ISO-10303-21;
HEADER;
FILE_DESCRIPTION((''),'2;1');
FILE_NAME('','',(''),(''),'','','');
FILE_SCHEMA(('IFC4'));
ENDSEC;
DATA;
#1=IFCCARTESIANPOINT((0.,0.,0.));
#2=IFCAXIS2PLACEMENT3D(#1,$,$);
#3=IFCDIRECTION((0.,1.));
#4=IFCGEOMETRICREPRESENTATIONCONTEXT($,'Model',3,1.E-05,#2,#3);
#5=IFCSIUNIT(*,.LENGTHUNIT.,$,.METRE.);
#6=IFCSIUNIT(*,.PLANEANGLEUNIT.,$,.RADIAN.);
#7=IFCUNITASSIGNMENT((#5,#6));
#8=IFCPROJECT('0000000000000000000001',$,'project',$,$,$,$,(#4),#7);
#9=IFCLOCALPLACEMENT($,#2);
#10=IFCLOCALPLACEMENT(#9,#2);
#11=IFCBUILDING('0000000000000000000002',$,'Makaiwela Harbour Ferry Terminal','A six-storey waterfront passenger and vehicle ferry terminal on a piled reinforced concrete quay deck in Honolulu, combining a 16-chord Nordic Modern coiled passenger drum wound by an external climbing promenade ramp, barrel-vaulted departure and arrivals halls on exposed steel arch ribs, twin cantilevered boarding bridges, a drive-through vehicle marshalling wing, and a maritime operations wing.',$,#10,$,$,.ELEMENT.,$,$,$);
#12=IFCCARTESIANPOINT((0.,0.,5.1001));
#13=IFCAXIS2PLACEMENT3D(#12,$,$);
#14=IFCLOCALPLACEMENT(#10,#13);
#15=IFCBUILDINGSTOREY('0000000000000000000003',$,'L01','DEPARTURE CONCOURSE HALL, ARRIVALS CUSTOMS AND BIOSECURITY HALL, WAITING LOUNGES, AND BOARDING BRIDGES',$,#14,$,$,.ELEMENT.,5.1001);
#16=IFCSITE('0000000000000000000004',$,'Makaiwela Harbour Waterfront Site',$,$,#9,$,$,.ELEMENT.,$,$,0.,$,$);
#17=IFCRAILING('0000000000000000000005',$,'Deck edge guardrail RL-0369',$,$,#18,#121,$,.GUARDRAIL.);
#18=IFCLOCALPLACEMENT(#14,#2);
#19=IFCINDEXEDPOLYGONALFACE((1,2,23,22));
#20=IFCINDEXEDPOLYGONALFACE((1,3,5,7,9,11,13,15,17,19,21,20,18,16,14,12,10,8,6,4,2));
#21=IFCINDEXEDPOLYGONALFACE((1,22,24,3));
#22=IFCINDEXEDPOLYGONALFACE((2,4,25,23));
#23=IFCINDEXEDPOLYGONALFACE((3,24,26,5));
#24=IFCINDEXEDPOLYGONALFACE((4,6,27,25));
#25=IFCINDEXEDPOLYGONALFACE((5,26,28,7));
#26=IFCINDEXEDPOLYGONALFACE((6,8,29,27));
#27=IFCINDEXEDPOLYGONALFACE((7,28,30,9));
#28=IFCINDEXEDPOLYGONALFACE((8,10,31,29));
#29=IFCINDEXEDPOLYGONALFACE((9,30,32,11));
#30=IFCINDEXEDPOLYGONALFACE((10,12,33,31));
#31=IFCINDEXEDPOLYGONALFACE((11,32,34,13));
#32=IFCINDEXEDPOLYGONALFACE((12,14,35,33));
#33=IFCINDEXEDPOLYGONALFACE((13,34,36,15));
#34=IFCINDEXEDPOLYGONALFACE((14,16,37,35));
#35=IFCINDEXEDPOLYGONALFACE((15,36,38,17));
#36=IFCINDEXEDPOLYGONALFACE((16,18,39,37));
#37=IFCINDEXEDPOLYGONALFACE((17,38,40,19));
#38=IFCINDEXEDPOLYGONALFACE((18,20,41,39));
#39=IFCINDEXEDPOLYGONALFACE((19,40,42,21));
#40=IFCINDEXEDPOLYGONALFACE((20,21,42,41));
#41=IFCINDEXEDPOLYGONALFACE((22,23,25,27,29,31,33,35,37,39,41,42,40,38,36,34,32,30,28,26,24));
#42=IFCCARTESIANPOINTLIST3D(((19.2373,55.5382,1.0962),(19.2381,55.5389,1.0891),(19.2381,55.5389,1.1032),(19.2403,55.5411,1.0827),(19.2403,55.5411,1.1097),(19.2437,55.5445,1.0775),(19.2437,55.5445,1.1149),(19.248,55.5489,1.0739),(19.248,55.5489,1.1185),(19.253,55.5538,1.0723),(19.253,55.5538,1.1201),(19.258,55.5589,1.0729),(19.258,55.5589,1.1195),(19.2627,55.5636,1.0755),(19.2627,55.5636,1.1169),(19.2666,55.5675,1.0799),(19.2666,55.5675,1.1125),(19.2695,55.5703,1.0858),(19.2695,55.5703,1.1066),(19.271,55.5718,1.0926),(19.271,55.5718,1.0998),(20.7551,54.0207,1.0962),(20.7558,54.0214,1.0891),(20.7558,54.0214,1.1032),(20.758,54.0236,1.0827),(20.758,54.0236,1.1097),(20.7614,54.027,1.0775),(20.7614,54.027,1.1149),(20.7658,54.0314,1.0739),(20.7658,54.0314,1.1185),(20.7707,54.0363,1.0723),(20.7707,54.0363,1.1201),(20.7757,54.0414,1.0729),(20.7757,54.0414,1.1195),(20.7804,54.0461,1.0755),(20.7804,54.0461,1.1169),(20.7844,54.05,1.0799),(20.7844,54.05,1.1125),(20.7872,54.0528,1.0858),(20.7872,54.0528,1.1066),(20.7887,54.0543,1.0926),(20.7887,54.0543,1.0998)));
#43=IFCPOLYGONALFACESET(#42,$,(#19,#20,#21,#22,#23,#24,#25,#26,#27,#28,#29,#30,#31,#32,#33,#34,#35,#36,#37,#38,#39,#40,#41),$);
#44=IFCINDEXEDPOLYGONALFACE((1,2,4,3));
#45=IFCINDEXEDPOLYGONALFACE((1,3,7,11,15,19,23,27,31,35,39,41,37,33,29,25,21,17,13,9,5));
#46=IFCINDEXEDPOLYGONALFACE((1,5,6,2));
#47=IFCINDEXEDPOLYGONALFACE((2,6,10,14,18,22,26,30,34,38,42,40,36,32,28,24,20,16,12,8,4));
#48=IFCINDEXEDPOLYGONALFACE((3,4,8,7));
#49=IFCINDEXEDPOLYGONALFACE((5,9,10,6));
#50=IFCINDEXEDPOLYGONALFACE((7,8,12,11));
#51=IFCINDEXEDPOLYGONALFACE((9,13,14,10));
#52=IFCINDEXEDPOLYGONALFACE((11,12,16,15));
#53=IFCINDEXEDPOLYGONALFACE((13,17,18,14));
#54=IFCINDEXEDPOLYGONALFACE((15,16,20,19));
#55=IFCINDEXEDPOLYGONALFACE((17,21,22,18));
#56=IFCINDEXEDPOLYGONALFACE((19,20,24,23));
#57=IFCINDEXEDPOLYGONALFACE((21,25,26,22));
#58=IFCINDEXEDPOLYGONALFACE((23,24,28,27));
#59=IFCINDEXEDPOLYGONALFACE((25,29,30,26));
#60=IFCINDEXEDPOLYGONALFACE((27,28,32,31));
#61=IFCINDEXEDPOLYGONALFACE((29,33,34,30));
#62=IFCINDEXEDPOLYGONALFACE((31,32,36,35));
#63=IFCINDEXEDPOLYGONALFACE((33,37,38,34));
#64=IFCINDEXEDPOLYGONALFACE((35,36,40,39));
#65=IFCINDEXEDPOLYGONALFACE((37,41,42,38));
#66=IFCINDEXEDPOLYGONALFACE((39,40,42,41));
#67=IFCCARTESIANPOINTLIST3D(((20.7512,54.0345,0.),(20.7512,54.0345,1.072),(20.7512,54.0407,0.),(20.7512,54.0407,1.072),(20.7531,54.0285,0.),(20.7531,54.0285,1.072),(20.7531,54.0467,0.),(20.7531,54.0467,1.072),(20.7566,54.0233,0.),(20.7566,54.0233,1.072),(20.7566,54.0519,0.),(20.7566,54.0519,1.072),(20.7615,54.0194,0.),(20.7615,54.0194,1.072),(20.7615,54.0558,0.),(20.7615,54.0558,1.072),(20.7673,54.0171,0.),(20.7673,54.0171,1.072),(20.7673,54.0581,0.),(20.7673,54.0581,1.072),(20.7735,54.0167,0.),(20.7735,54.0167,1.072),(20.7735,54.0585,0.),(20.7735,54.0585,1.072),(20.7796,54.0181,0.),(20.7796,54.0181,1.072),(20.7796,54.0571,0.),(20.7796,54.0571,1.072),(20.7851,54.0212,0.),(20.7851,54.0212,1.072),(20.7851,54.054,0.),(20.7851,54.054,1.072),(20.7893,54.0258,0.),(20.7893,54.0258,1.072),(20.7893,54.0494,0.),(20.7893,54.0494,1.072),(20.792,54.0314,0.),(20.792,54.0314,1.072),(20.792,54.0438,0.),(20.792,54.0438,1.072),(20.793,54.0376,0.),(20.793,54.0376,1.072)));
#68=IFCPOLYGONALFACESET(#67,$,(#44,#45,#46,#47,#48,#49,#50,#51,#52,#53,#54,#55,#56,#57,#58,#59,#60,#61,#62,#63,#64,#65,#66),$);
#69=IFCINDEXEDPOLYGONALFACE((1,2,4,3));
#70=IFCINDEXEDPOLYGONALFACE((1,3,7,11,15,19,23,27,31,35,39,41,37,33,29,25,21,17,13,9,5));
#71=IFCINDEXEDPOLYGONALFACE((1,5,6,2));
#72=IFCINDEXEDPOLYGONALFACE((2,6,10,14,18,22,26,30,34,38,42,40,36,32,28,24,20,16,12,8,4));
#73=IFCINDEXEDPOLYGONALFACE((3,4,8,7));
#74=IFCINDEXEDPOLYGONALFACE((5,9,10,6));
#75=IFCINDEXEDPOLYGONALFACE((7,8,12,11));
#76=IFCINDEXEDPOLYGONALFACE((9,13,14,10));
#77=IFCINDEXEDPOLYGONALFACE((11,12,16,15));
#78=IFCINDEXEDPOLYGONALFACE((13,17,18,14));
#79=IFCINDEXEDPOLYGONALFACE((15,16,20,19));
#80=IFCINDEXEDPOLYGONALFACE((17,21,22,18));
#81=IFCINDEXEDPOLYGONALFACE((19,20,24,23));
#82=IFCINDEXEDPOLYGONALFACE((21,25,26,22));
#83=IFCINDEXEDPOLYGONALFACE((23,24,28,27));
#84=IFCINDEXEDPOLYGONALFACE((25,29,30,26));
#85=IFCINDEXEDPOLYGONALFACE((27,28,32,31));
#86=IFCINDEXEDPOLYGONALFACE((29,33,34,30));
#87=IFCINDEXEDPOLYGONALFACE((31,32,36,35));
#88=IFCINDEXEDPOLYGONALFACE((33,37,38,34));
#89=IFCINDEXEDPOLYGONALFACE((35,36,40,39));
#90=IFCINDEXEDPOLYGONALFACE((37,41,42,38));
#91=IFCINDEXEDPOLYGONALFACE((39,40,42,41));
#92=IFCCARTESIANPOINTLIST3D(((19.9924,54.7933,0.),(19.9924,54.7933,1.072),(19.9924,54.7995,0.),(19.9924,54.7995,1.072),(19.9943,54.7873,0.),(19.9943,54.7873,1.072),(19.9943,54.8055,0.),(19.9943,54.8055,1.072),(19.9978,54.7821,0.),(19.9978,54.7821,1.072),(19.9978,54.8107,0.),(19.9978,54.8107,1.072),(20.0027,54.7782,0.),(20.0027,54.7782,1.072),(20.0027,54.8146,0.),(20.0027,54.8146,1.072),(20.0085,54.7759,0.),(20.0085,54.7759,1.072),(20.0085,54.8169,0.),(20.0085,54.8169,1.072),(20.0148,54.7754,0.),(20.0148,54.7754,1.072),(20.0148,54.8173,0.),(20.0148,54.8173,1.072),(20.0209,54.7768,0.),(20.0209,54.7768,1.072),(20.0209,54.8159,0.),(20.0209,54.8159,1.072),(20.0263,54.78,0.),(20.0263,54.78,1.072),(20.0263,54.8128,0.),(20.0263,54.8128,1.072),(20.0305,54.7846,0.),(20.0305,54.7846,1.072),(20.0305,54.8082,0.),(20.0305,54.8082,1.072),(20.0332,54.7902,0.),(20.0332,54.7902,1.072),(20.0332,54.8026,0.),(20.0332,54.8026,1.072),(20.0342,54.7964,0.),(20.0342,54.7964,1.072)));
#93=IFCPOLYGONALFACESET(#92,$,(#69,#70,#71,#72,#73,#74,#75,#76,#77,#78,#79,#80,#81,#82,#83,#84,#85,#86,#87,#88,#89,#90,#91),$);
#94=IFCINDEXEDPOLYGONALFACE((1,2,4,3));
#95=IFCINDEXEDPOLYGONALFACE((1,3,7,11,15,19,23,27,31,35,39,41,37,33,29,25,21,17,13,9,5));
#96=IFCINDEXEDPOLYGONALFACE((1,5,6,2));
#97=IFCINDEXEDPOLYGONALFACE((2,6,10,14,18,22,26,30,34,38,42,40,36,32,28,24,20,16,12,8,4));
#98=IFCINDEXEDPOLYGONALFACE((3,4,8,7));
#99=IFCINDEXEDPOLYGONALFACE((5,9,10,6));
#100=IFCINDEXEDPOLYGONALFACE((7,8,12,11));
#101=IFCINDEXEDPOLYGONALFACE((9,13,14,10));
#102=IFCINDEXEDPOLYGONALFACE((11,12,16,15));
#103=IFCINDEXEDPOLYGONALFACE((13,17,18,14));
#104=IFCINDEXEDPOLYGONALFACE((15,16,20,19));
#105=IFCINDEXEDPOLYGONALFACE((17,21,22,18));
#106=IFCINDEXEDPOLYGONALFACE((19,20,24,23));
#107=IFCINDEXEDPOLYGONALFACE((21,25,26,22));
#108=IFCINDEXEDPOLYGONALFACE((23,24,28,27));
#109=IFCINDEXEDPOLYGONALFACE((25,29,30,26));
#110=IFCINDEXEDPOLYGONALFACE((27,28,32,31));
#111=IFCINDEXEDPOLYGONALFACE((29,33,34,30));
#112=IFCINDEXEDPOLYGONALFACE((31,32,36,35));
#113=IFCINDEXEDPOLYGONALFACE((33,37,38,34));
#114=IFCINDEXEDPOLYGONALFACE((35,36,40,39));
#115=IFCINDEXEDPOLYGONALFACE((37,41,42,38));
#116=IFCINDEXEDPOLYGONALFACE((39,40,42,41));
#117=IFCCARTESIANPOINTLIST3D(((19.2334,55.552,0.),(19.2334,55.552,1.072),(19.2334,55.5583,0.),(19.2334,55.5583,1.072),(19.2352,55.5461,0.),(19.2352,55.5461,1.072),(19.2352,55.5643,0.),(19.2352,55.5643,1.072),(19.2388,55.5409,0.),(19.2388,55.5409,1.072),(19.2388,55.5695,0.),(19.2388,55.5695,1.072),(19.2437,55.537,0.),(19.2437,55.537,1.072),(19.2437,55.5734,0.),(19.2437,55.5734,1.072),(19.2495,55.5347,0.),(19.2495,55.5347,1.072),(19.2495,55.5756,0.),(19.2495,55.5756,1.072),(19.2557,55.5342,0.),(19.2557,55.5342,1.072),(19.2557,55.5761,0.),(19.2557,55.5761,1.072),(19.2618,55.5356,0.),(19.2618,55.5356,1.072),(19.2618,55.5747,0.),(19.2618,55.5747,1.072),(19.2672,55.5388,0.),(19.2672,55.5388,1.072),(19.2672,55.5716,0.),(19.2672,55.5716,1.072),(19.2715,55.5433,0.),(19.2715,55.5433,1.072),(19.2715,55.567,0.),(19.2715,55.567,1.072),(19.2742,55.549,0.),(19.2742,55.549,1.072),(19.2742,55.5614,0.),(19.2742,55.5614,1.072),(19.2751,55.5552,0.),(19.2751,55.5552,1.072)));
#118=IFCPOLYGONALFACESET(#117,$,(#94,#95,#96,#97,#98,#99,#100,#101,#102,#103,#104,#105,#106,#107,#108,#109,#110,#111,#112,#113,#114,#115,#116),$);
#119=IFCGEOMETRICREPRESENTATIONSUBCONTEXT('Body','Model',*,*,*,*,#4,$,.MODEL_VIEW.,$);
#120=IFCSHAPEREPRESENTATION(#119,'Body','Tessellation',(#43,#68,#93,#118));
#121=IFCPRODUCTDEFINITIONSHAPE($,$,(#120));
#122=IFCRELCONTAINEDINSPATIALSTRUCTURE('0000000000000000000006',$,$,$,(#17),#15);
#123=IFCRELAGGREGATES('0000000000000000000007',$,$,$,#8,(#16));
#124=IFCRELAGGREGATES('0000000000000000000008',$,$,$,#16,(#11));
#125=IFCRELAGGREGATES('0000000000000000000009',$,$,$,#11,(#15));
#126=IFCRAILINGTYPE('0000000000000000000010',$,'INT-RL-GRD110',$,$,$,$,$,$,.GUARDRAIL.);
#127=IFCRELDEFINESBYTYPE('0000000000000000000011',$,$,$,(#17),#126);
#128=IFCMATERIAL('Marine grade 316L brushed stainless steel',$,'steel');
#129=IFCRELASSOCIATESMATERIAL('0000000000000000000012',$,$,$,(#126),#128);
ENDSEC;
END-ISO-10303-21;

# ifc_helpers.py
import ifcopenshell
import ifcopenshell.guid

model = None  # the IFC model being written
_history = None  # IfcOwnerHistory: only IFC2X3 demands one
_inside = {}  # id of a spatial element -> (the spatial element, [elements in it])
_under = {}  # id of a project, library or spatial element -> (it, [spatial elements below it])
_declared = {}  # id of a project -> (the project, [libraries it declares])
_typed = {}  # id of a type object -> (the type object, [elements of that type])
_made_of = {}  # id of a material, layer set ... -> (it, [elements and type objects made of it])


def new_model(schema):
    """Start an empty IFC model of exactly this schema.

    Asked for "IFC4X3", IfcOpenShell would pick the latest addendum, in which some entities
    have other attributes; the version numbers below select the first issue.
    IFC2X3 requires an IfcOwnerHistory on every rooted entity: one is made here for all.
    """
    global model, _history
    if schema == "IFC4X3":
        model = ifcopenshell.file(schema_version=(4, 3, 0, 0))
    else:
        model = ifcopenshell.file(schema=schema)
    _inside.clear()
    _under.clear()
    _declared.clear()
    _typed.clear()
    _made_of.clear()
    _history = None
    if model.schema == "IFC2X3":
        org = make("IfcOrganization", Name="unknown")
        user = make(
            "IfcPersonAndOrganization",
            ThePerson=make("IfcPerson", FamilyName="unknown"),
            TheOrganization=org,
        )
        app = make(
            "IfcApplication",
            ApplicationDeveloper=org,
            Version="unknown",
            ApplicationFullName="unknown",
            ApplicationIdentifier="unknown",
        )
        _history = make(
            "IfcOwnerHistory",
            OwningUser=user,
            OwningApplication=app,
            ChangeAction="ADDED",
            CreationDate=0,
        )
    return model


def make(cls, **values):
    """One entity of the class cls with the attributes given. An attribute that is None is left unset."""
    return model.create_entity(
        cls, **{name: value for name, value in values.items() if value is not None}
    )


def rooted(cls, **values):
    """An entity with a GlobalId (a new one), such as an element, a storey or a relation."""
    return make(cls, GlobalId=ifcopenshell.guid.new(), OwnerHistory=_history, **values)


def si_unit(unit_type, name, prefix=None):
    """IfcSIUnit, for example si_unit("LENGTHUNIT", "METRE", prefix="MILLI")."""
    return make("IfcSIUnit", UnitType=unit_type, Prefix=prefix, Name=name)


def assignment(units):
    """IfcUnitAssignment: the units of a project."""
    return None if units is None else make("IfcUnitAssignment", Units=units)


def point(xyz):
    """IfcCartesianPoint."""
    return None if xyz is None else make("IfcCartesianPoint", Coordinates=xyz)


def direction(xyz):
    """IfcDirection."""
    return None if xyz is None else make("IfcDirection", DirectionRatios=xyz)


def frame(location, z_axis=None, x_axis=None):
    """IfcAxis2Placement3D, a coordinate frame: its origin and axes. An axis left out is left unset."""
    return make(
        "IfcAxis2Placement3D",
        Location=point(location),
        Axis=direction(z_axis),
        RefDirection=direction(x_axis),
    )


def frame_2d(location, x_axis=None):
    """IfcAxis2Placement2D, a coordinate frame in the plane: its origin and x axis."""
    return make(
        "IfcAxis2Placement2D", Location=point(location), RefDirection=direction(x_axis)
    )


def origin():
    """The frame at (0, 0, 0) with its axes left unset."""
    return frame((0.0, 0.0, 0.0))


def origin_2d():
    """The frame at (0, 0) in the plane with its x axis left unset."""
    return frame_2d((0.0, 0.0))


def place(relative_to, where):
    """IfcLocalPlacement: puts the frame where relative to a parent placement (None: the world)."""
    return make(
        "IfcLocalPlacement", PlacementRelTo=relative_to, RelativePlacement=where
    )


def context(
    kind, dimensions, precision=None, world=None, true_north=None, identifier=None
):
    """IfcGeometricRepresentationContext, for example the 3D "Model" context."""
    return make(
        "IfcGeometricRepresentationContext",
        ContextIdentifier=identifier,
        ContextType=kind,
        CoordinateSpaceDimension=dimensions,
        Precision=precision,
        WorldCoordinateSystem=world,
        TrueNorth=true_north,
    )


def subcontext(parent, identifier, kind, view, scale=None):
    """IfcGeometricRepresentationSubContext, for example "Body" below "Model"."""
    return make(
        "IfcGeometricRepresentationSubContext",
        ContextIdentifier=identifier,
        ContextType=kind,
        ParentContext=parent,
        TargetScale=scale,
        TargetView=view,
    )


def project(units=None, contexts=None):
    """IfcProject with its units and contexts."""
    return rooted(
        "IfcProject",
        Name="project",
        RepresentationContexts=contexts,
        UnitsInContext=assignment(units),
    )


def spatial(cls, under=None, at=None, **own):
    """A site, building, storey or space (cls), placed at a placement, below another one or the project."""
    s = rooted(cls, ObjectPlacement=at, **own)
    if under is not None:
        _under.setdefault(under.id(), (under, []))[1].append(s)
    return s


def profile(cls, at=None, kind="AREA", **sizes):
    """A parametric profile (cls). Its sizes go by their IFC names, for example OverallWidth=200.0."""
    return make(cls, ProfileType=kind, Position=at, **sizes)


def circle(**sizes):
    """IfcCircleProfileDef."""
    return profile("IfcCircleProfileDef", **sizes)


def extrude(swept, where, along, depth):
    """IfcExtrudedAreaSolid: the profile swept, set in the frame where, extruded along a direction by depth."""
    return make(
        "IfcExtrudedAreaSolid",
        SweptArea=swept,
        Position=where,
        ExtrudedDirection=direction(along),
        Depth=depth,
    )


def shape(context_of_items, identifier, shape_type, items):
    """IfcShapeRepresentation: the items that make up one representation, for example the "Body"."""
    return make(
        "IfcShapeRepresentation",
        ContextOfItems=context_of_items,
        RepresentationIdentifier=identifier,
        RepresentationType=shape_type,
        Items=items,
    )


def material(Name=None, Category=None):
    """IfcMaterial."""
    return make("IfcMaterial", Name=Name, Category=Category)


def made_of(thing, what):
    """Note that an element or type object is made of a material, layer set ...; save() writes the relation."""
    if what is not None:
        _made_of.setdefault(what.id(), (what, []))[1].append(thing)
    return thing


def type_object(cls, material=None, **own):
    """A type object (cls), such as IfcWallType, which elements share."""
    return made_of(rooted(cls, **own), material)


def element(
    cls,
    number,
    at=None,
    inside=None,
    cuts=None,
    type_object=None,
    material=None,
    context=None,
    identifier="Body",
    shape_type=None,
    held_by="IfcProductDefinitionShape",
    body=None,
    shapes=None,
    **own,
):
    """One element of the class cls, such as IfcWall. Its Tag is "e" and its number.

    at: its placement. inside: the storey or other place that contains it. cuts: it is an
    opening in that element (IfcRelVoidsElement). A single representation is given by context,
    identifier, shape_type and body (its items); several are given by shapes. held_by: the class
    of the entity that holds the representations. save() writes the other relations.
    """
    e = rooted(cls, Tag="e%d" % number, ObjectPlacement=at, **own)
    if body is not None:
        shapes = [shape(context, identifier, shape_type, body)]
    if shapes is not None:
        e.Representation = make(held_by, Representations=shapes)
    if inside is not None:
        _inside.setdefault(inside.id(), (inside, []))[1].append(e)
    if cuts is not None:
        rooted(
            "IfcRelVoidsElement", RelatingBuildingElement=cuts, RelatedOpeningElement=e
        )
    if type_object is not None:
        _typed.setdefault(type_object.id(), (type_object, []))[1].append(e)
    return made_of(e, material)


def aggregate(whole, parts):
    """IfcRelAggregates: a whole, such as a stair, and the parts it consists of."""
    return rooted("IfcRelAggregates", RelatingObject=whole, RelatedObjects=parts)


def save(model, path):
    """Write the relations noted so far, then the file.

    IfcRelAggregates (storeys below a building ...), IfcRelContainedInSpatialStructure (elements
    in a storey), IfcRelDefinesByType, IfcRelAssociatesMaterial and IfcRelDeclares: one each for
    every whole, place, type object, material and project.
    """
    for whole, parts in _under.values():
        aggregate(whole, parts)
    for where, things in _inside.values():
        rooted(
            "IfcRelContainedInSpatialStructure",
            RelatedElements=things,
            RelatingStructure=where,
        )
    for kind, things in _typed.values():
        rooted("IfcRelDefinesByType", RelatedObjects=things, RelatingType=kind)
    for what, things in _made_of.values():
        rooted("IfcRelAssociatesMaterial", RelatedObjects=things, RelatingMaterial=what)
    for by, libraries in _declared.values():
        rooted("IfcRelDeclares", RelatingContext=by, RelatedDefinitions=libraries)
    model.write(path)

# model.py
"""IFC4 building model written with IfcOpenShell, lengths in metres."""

from ifc_helpers import new_model, si_unit, direction, frame, origin, origin_2d, place, context, subcontext, project, spatial, circle, extrude, material, type_object, element, save


model = new_model("IFC4")

# Units and contexts
model_context = context("Model", 3, precision=1e-05, world=origin(), true_north=direction((0.0, 1.0)))
body_context = subcontext(model_context, "Body", "Model", "MODEL_VIEW")
ifc_project = project(units=[si_unit("LENGTHUNIT", "METRE"), si_unit("PLANEANGLEUNIT", "RADIAN")], contexts=[model_context])

# Site, building, storey
site_placement = place(None, origin())
site = spatial("IfcSite", under=ifc_project, at=site_placement, Name="Makaiwela Harbour Waterfront Site", CompositionType="ELEMENT", RefElevation=0.0)
building_placement = place(site_placement, origin())
building = spatial("IfcBuilding", under=site, at=building_placement, Name="Makaiwela Harbour Ferry Terminal", Description="A six-storey waterfront passenger and vehicle ferry terminal on a piled reinforced concrete quay deck in Honolulu, combining a 16-chord Nordic Modern coiled passenger drum wound by an external climbing promenade ramp, barrel-vaulted departure and arrivals halls on exposed steel arch ribs, twin cantilevered boarding bridges, a drive-through vehicle marshalling wing, and a maritime operations wing.", CompositionType="ELEMENT")
storey_placement = place(building_placement, frame((0.0, 0.0, 5.1001)))
storey = spatial("IfcBuildingStorey", under=building, at=storey_placement, Name="L01", Description="DEPARTURE CONCOURSE HALL, ARRIVALS CUSTOMS AND BIOSECURITY HALL, WAITING LOUNGES, AND BOARDING BRIDGES", CompositionType="ELEMENT", Elevation=5.1001)

# Railing
ifc_material_1 = material(Name="Marine grade 316L brushed stainless steel", Category="steel")
railing_type = type_object("IfcRailingType", Name="INT-RL-GRD110", PredefinedType="GUARDRAIL", material=ifc_material_1)
railing_1_placement = place(storey_placement, frame((20.772, 54.0376, 0.0)))
element("IfcRailing", 1, at=railing_1_placement, inside=storey, type_object=railing_type, Name="Deck edge guardrail RL-0369", PredefinedType="GUARDRAIL", context=body_context, shape_type="SweptSolid", body=[
    extrude(circle(Radius=0.0239, at=origin_2d()), frame((0.0, 0.0, 1.0962), z_axis=(-0.707164, 0.70705, 0.0), x_axis=(-0.70705, -0.707164, 0.0)), (0.0, 0.0, 1.0), 2.1462),
    extrude(circle(Radius=0.021, at=origin_2d()), origin(), (0.0, 0.0, 1.0), 1.072),
    extrude(circle(Radius=0.021, at=origin_2d()), frame((-0.7588, 0.7588, 0.0)), (0.0, 0.0, 1.0), 1.072),
    extrude(circle(Radius=0.021, at=origin_2d()), frame((-1.5178, 1.5176, 0.0)), (0.0, 0.0, 1.0), 1.072),
])

save(model, "model.ifc")
